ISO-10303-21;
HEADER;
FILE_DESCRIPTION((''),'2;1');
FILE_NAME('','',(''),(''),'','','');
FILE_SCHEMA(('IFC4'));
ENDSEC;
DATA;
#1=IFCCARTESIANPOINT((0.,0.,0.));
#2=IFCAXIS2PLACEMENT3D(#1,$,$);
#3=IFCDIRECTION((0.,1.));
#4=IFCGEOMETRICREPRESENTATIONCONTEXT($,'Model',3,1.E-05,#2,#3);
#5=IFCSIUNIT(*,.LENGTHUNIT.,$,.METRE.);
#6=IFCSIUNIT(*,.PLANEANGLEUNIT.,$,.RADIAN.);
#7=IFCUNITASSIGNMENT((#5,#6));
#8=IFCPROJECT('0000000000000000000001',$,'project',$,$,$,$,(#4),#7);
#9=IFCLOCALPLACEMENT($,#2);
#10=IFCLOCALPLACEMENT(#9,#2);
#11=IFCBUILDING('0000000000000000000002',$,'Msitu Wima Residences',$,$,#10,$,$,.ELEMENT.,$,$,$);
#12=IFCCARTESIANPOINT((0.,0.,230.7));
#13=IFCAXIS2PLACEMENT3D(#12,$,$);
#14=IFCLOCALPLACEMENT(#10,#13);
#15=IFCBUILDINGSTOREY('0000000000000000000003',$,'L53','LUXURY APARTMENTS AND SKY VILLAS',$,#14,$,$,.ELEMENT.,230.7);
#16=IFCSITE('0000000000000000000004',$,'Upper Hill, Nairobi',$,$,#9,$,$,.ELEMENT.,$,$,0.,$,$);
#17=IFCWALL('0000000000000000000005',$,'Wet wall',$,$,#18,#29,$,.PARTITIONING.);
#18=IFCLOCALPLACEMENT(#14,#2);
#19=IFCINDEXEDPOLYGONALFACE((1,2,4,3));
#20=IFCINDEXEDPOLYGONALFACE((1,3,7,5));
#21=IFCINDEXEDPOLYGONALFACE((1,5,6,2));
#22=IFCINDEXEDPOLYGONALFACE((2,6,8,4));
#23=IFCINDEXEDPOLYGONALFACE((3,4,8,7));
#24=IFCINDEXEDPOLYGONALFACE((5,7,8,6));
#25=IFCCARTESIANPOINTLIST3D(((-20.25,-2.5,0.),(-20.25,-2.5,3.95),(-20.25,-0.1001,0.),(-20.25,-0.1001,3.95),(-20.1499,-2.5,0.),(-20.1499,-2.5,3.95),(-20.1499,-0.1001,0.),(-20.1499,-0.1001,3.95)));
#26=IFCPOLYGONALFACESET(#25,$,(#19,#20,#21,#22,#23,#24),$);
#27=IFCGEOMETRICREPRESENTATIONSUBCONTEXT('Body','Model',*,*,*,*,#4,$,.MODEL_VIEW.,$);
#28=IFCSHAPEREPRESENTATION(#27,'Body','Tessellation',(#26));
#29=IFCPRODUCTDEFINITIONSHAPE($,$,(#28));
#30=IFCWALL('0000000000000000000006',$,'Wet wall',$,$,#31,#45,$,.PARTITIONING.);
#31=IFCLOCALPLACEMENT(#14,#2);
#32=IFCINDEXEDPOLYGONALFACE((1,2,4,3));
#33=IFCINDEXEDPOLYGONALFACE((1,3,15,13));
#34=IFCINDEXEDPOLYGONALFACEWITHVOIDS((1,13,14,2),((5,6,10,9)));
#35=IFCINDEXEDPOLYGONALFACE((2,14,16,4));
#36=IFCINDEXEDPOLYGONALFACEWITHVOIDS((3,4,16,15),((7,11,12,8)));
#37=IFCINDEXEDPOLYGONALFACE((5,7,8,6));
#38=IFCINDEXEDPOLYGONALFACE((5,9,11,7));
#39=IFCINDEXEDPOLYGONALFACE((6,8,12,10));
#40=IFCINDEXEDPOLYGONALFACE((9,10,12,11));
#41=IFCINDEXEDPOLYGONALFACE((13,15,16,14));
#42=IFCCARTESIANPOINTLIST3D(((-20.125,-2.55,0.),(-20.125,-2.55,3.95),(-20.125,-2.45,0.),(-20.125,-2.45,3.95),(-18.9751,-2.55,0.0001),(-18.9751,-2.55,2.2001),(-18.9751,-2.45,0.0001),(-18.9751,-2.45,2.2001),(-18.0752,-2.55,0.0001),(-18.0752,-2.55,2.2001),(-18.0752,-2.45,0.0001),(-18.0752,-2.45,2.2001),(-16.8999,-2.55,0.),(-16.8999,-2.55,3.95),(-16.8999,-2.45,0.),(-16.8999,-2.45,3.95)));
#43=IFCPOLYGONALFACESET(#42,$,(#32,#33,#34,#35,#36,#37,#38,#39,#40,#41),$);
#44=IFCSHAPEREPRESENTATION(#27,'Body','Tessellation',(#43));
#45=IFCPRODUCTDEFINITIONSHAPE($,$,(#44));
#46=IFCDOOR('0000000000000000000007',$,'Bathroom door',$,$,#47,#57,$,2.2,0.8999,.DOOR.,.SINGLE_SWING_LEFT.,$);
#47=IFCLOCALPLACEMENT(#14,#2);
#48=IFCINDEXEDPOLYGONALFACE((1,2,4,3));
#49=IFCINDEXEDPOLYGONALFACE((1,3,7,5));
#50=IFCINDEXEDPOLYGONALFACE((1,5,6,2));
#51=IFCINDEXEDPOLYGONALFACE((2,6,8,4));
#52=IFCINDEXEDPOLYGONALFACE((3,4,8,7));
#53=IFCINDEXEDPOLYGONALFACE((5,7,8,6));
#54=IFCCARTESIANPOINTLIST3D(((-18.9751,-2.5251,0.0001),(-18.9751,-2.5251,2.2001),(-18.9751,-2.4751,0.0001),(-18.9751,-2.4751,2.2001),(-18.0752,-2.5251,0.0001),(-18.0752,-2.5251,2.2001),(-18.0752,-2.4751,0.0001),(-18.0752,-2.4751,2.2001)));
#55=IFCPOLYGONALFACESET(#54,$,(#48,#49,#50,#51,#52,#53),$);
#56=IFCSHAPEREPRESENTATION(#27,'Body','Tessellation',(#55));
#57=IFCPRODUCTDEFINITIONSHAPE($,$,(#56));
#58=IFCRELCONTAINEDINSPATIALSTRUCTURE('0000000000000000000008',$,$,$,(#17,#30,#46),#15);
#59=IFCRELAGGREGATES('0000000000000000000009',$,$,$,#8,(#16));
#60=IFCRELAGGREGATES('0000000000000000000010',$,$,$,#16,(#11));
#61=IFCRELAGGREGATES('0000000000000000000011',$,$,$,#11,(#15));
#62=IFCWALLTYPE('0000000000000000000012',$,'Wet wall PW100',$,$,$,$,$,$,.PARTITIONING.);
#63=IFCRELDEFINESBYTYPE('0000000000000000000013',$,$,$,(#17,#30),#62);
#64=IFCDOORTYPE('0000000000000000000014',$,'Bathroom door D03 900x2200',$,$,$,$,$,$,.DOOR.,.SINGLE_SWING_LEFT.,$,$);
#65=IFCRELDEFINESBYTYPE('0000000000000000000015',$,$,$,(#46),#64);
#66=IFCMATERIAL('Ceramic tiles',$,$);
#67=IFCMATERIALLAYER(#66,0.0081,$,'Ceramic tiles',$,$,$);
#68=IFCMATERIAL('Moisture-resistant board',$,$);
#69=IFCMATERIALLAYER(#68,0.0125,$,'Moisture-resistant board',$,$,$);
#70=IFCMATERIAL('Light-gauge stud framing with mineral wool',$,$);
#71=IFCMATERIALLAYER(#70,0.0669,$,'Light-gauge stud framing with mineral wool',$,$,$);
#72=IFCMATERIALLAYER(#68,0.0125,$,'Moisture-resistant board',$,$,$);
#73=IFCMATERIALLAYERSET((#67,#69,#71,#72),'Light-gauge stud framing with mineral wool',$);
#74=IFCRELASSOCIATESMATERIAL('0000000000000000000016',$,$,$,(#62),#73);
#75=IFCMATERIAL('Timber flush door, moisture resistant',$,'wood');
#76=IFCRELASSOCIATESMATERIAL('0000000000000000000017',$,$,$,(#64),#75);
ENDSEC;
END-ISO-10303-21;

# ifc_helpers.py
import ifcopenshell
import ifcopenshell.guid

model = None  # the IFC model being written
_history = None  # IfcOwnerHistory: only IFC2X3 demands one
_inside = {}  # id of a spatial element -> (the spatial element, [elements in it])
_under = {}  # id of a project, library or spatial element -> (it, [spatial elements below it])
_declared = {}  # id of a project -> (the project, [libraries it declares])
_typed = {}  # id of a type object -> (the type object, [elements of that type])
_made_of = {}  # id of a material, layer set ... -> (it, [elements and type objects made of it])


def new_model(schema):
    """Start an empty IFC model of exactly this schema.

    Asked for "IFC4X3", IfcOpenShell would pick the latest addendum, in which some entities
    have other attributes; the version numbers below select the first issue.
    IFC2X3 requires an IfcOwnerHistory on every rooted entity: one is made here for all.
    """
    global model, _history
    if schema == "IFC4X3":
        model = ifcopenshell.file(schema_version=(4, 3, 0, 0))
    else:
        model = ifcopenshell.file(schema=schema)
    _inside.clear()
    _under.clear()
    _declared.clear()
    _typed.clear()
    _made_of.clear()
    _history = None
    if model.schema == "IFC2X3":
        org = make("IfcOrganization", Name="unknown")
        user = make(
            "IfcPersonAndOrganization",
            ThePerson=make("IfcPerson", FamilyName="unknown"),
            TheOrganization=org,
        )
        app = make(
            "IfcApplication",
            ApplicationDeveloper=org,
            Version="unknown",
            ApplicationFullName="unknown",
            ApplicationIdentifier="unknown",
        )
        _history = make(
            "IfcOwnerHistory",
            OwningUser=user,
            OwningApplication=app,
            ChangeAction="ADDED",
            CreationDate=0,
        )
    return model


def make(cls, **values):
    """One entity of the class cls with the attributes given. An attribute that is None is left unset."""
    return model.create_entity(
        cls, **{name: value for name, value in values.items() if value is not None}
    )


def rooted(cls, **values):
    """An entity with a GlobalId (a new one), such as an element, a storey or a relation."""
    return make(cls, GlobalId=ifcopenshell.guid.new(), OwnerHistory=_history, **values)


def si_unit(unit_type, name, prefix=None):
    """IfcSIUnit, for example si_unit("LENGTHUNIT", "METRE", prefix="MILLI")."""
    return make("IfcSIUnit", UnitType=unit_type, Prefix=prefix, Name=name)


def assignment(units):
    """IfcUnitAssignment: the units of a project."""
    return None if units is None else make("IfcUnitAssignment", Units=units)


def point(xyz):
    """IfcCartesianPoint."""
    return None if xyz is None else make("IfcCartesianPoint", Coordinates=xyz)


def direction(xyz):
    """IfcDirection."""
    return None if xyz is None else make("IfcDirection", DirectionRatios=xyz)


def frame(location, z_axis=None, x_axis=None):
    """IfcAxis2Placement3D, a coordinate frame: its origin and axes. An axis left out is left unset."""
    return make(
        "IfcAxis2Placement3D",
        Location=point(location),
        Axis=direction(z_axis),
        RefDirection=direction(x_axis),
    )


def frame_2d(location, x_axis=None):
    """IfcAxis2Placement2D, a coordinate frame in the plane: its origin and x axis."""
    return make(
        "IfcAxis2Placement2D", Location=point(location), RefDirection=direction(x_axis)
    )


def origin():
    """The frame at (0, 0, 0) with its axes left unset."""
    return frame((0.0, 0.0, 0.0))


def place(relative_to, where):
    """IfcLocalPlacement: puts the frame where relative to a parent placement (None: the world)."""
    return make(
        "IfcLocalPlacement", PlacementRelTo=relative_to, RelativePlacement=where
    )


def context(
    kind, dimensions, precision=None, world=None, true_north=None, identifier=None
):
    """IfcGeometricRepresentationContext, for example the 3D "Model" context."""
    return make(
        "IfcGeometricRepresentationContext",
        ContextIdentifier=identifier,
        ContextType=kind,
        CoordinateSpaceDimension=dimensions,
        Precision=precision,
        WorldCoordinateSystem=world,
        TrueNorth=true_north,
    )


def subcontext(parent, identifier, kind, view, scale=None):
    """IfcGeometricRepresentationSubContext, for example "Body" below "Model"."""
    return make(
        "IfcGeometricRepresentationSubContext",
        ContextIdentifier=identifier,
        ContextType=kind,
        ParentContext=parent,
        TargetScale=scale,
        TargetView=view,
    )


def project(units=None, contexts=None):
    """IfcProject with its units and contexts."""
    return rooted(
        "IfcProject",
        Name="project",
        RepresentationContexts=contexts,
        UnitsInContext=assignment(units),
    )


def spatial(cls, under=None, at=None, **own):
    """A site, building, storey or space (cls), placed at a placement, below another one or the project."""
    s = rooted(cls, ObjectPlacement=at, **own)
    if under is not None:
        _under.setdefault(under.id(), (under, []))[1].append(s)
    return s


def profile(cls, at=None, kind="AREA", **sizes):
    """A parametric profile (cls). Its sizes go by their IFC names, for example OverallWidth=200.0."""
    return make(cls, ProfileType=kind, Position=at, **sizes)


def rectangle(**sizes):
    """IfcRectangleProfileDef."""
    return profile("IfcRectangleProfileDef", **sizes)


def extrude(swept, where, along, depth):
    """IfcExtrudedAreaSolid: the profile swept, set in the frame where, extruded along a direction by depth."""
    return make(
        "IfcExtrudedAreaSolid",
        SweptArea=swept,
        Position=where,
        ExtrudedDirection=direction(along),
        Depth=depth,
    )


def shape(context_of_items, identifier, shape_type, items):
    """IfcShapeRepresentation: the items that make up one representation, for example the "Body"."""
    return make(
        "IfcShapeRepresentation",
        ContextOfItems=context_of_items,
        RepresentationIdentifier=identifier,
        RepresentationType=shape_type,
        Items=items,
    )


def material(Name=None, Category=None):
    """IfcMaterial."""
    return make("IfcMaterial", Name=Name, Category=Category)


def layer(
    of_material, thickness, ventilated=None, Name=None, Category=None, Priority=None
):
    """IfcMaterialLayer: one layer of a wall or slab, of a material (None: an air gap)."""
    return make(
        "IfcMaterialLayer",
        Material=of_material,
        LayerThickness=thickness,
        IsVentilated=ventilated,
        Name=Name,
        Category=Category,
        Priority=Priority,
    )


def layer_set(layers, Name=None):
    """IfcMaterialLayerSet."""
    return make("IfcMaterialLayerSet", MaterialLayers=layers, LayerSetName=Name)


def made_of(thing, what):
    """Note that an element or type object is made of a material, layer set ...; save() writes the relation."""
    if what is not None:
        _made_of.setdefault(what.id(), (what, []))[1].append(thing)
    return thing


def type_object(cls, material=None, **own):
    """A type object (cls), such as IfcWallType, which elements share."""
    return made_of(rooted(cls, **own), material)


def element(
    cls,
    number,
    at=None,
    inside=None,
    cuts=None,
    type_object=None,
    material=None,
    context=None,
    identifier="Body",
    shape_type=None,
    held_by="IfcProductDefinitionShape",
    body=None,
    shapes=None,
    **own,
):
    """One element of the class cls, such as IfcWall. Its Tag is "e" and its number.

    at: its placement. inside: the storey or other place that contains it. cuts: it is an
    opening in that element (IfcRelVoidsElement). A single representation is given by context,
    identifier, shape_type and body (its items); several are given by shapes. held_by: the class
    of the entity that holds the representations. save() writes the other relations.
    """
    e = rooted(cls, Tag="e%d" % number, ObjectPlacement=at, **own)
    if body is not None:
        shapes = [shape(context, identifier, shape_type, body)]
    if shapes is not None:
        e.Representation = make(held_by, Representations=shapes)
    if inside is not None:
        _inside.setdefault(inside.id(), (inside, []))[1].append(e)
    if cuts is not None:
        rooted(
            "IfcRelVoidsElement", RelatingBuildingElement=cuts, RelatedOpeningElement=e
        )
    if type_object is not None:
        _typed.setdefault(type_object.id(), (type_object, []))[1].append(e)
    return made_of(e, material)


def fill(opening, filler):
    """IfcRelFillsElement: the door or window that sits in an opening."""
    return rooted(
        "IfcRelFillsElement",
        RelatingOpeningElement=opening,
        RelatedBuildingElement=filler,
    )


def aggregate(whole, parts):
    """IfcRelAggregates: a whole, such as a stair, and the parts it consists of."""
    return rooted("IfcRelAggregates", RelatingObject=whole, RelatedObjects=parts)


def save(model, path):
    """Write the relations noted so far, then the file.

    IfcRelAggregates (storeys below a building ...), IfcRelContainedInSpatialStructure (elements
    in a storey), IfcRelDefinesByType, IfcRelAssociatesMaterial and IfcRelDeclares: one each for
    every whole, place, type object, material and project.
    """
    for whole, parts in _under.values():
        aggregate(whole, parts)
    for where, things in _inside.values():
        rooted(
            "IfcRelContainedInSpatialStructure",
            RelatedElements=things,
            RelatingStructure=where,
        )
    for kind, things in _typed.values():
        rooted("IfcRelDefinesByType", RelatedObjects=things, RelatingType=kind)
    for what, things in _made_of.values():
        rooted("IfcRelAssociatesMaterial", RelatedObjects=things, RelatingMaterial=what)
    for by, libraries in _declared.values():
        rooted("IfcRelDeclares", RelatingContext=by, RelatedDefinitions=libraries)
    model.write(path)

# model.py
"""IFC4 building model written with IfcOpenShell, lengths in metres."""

from ifc_helpers import new_model, si_unit, direction, frame, frame_2d, origin, place, context, subcontext, project, spatial, rectangle, extrude, material, layer, layer_set, type_object, element, fill, save


model = new_model("IFC4")

# Units and contexts
model_context = context("Model", 3, precision=1e-05, world=origin(), true_north=direction((0.0, 1.0)))
body_context = subcontext(model_context, "Body", "Model", "MODEL_VIEW")
ifc_project = project(units=[si_unit("LENGTHUNIT", "METRE"), si_unit("PLANEANGLEUNIT", "RADIAN")], contexts=[model_context])

# Site, building, storey
site_placement = place(None, origin())
site = spatial("IfcSite", under=ifc_project, at=site_placement, Name="Upper Hill, Nairobi", CompositionType="ELEMENT", RefElevation=0.0)
building_placement = place(site_placement, origin())
building = spatial("IfcBuilding", under=site, at=building_placement, Name="Msitu Wima Residences", CompositionType="ELEMENT")
storey_placement = place(building_placement, frame((0.0, 0.0, 230.7)))
storey = spatial("IfcBuildingStorey", under=building, at=storey_placement, Name="L53", Description="LUXURY APARTMENTS AND SKY VILLAS", CompositionType="ELEMENT", Elevation=230.7)

# Wall
ifc_material_1 = material(Name="Ceramic tiles")
ifc_layer_1 = layer(ifc_material_1, 0.0081, Name="Ceramic tiles")
ifc_material_2 = material(Name="Moisture-resistant board")
ifc_layer_2 = layer(ifc_material_2, 0.0125, Name="Moisture-resistant board")
ifc_material_3 = material(Name="Light-gauge stud framing with mineral wool")
ifc_layer_3 = layer(ifc_material_3, 0.0669, Name="Light-gauge stud framing with mineral wool")
ifc_layer_4 = layer(ifc_material_2, 0.0125, Name="Moisture-resistant board")
ifc_layer_set_1 = layer_set([ifc_layer_1, ifc_layer_2, ifc_layer_3, ifc_layer_4], Name="Light-gauge stud framing with mineral wool")
wall_type_1 = type_object("IfcWallType", Name="Wet wall PW100", PredefinedType="PARTITIONING", material=ifc_layer_set_1)
wall_1_placement = place(storey_placement, frame((-20.2, -2.5, 0.0), z_axis=(0.0, 0.0, 1.0), x_axis=(0.0, 1.0, 0.0)))
element("IfcWall", 1, at=wall_1_placement, inside=storey, type_object=wall_type_1, Name="Wet wall", PredefinedType="PARTITIONING", context=body_context, shape_type="SweptSolid", body=[
    extrude(rectangle(XDim=2.3999, YDim=0.1001, at=frame_2d((1.2, 0.0))), origin(), (0.0, 0.0, 1.0), 3.95),
])

# Wall, opening, door
wall_2_placement = place(storey_placement, frame((-20.125, -2.5, 0.0), z_axis=(0.0, 0.0, 1.0), x_axis=(1.0, 0.0, 0.0)))
wall_2 = element("IfcWall", 2, at=wall_2_placement, inside=storey, type_object=wall_type_1, Name="Wet wall", PredefinedType="PARTITIONING", context=body_context, shape_type="SweptSolid", body=[
    extrude(rectangle(XDim=3.2251, YDim=0.1001, at=frame_2d((1.6125, 0.0))), origin(), (0.0, 0.0, 1.0), 3.95),
])
opening_1_placement = place(wall_2_placement, frame((1.1499, 0.0, 0.0)))
opening_1 = element("IfcOpeningElement", 3, at=opening_1_placement, cuts=wall_2, PredefinedType="OPENING", context=body_context, shape_type="SweptSolid", body=[
    extrude(rectangle(XDim=0.8999, YDim=2.2, at=frame_2d((0.45, 1.1001))), frame((0.0, 0.0601, 0.0), z_axis=(0.0, -1.0, 0.0), x_axis=(1.0, 0.0, 0.0)), (0.0, 0.0, 1.0), 0.1201),
])
ifc_material_4 = material(Name="Timber flush door, moisture resistant", Category="wood")
door_type_1 = type_object("IfcDoorType", Name="Bathroom door D03 900x2200", OperationType="SINGLE_SWING_LEFT", PredefinedType="DOOR", material=ifc_material_4)
door_1_placement = place(opening_1_placement, origin())
door_1 = element("IfcDoor", 4, at=door_1_placement, inside=storey, type_object=door_type_1, Name="Bathroom door", OperationType="SINGLE_SWING_LEFT", OverallHeight=2.2, OverallWidth=0.8999, PredefinedType="DOOR", context=body_context, shape_type="SweptSolid", body=[
    extrude(rectangle(XDim=0.8999, YDim=2.2, at=frame_2d((0.45, 1.1001))), frame((0.0, 0.0249, 0.0), z_axis=(0.0, -1.0, 0.0), x_axis=(1.0, 0.0, 0.0)), (0.0, 0.0, 1.0), 0.05),
])
fill(opening_1, door_1)

save(model, "model.ifc")
